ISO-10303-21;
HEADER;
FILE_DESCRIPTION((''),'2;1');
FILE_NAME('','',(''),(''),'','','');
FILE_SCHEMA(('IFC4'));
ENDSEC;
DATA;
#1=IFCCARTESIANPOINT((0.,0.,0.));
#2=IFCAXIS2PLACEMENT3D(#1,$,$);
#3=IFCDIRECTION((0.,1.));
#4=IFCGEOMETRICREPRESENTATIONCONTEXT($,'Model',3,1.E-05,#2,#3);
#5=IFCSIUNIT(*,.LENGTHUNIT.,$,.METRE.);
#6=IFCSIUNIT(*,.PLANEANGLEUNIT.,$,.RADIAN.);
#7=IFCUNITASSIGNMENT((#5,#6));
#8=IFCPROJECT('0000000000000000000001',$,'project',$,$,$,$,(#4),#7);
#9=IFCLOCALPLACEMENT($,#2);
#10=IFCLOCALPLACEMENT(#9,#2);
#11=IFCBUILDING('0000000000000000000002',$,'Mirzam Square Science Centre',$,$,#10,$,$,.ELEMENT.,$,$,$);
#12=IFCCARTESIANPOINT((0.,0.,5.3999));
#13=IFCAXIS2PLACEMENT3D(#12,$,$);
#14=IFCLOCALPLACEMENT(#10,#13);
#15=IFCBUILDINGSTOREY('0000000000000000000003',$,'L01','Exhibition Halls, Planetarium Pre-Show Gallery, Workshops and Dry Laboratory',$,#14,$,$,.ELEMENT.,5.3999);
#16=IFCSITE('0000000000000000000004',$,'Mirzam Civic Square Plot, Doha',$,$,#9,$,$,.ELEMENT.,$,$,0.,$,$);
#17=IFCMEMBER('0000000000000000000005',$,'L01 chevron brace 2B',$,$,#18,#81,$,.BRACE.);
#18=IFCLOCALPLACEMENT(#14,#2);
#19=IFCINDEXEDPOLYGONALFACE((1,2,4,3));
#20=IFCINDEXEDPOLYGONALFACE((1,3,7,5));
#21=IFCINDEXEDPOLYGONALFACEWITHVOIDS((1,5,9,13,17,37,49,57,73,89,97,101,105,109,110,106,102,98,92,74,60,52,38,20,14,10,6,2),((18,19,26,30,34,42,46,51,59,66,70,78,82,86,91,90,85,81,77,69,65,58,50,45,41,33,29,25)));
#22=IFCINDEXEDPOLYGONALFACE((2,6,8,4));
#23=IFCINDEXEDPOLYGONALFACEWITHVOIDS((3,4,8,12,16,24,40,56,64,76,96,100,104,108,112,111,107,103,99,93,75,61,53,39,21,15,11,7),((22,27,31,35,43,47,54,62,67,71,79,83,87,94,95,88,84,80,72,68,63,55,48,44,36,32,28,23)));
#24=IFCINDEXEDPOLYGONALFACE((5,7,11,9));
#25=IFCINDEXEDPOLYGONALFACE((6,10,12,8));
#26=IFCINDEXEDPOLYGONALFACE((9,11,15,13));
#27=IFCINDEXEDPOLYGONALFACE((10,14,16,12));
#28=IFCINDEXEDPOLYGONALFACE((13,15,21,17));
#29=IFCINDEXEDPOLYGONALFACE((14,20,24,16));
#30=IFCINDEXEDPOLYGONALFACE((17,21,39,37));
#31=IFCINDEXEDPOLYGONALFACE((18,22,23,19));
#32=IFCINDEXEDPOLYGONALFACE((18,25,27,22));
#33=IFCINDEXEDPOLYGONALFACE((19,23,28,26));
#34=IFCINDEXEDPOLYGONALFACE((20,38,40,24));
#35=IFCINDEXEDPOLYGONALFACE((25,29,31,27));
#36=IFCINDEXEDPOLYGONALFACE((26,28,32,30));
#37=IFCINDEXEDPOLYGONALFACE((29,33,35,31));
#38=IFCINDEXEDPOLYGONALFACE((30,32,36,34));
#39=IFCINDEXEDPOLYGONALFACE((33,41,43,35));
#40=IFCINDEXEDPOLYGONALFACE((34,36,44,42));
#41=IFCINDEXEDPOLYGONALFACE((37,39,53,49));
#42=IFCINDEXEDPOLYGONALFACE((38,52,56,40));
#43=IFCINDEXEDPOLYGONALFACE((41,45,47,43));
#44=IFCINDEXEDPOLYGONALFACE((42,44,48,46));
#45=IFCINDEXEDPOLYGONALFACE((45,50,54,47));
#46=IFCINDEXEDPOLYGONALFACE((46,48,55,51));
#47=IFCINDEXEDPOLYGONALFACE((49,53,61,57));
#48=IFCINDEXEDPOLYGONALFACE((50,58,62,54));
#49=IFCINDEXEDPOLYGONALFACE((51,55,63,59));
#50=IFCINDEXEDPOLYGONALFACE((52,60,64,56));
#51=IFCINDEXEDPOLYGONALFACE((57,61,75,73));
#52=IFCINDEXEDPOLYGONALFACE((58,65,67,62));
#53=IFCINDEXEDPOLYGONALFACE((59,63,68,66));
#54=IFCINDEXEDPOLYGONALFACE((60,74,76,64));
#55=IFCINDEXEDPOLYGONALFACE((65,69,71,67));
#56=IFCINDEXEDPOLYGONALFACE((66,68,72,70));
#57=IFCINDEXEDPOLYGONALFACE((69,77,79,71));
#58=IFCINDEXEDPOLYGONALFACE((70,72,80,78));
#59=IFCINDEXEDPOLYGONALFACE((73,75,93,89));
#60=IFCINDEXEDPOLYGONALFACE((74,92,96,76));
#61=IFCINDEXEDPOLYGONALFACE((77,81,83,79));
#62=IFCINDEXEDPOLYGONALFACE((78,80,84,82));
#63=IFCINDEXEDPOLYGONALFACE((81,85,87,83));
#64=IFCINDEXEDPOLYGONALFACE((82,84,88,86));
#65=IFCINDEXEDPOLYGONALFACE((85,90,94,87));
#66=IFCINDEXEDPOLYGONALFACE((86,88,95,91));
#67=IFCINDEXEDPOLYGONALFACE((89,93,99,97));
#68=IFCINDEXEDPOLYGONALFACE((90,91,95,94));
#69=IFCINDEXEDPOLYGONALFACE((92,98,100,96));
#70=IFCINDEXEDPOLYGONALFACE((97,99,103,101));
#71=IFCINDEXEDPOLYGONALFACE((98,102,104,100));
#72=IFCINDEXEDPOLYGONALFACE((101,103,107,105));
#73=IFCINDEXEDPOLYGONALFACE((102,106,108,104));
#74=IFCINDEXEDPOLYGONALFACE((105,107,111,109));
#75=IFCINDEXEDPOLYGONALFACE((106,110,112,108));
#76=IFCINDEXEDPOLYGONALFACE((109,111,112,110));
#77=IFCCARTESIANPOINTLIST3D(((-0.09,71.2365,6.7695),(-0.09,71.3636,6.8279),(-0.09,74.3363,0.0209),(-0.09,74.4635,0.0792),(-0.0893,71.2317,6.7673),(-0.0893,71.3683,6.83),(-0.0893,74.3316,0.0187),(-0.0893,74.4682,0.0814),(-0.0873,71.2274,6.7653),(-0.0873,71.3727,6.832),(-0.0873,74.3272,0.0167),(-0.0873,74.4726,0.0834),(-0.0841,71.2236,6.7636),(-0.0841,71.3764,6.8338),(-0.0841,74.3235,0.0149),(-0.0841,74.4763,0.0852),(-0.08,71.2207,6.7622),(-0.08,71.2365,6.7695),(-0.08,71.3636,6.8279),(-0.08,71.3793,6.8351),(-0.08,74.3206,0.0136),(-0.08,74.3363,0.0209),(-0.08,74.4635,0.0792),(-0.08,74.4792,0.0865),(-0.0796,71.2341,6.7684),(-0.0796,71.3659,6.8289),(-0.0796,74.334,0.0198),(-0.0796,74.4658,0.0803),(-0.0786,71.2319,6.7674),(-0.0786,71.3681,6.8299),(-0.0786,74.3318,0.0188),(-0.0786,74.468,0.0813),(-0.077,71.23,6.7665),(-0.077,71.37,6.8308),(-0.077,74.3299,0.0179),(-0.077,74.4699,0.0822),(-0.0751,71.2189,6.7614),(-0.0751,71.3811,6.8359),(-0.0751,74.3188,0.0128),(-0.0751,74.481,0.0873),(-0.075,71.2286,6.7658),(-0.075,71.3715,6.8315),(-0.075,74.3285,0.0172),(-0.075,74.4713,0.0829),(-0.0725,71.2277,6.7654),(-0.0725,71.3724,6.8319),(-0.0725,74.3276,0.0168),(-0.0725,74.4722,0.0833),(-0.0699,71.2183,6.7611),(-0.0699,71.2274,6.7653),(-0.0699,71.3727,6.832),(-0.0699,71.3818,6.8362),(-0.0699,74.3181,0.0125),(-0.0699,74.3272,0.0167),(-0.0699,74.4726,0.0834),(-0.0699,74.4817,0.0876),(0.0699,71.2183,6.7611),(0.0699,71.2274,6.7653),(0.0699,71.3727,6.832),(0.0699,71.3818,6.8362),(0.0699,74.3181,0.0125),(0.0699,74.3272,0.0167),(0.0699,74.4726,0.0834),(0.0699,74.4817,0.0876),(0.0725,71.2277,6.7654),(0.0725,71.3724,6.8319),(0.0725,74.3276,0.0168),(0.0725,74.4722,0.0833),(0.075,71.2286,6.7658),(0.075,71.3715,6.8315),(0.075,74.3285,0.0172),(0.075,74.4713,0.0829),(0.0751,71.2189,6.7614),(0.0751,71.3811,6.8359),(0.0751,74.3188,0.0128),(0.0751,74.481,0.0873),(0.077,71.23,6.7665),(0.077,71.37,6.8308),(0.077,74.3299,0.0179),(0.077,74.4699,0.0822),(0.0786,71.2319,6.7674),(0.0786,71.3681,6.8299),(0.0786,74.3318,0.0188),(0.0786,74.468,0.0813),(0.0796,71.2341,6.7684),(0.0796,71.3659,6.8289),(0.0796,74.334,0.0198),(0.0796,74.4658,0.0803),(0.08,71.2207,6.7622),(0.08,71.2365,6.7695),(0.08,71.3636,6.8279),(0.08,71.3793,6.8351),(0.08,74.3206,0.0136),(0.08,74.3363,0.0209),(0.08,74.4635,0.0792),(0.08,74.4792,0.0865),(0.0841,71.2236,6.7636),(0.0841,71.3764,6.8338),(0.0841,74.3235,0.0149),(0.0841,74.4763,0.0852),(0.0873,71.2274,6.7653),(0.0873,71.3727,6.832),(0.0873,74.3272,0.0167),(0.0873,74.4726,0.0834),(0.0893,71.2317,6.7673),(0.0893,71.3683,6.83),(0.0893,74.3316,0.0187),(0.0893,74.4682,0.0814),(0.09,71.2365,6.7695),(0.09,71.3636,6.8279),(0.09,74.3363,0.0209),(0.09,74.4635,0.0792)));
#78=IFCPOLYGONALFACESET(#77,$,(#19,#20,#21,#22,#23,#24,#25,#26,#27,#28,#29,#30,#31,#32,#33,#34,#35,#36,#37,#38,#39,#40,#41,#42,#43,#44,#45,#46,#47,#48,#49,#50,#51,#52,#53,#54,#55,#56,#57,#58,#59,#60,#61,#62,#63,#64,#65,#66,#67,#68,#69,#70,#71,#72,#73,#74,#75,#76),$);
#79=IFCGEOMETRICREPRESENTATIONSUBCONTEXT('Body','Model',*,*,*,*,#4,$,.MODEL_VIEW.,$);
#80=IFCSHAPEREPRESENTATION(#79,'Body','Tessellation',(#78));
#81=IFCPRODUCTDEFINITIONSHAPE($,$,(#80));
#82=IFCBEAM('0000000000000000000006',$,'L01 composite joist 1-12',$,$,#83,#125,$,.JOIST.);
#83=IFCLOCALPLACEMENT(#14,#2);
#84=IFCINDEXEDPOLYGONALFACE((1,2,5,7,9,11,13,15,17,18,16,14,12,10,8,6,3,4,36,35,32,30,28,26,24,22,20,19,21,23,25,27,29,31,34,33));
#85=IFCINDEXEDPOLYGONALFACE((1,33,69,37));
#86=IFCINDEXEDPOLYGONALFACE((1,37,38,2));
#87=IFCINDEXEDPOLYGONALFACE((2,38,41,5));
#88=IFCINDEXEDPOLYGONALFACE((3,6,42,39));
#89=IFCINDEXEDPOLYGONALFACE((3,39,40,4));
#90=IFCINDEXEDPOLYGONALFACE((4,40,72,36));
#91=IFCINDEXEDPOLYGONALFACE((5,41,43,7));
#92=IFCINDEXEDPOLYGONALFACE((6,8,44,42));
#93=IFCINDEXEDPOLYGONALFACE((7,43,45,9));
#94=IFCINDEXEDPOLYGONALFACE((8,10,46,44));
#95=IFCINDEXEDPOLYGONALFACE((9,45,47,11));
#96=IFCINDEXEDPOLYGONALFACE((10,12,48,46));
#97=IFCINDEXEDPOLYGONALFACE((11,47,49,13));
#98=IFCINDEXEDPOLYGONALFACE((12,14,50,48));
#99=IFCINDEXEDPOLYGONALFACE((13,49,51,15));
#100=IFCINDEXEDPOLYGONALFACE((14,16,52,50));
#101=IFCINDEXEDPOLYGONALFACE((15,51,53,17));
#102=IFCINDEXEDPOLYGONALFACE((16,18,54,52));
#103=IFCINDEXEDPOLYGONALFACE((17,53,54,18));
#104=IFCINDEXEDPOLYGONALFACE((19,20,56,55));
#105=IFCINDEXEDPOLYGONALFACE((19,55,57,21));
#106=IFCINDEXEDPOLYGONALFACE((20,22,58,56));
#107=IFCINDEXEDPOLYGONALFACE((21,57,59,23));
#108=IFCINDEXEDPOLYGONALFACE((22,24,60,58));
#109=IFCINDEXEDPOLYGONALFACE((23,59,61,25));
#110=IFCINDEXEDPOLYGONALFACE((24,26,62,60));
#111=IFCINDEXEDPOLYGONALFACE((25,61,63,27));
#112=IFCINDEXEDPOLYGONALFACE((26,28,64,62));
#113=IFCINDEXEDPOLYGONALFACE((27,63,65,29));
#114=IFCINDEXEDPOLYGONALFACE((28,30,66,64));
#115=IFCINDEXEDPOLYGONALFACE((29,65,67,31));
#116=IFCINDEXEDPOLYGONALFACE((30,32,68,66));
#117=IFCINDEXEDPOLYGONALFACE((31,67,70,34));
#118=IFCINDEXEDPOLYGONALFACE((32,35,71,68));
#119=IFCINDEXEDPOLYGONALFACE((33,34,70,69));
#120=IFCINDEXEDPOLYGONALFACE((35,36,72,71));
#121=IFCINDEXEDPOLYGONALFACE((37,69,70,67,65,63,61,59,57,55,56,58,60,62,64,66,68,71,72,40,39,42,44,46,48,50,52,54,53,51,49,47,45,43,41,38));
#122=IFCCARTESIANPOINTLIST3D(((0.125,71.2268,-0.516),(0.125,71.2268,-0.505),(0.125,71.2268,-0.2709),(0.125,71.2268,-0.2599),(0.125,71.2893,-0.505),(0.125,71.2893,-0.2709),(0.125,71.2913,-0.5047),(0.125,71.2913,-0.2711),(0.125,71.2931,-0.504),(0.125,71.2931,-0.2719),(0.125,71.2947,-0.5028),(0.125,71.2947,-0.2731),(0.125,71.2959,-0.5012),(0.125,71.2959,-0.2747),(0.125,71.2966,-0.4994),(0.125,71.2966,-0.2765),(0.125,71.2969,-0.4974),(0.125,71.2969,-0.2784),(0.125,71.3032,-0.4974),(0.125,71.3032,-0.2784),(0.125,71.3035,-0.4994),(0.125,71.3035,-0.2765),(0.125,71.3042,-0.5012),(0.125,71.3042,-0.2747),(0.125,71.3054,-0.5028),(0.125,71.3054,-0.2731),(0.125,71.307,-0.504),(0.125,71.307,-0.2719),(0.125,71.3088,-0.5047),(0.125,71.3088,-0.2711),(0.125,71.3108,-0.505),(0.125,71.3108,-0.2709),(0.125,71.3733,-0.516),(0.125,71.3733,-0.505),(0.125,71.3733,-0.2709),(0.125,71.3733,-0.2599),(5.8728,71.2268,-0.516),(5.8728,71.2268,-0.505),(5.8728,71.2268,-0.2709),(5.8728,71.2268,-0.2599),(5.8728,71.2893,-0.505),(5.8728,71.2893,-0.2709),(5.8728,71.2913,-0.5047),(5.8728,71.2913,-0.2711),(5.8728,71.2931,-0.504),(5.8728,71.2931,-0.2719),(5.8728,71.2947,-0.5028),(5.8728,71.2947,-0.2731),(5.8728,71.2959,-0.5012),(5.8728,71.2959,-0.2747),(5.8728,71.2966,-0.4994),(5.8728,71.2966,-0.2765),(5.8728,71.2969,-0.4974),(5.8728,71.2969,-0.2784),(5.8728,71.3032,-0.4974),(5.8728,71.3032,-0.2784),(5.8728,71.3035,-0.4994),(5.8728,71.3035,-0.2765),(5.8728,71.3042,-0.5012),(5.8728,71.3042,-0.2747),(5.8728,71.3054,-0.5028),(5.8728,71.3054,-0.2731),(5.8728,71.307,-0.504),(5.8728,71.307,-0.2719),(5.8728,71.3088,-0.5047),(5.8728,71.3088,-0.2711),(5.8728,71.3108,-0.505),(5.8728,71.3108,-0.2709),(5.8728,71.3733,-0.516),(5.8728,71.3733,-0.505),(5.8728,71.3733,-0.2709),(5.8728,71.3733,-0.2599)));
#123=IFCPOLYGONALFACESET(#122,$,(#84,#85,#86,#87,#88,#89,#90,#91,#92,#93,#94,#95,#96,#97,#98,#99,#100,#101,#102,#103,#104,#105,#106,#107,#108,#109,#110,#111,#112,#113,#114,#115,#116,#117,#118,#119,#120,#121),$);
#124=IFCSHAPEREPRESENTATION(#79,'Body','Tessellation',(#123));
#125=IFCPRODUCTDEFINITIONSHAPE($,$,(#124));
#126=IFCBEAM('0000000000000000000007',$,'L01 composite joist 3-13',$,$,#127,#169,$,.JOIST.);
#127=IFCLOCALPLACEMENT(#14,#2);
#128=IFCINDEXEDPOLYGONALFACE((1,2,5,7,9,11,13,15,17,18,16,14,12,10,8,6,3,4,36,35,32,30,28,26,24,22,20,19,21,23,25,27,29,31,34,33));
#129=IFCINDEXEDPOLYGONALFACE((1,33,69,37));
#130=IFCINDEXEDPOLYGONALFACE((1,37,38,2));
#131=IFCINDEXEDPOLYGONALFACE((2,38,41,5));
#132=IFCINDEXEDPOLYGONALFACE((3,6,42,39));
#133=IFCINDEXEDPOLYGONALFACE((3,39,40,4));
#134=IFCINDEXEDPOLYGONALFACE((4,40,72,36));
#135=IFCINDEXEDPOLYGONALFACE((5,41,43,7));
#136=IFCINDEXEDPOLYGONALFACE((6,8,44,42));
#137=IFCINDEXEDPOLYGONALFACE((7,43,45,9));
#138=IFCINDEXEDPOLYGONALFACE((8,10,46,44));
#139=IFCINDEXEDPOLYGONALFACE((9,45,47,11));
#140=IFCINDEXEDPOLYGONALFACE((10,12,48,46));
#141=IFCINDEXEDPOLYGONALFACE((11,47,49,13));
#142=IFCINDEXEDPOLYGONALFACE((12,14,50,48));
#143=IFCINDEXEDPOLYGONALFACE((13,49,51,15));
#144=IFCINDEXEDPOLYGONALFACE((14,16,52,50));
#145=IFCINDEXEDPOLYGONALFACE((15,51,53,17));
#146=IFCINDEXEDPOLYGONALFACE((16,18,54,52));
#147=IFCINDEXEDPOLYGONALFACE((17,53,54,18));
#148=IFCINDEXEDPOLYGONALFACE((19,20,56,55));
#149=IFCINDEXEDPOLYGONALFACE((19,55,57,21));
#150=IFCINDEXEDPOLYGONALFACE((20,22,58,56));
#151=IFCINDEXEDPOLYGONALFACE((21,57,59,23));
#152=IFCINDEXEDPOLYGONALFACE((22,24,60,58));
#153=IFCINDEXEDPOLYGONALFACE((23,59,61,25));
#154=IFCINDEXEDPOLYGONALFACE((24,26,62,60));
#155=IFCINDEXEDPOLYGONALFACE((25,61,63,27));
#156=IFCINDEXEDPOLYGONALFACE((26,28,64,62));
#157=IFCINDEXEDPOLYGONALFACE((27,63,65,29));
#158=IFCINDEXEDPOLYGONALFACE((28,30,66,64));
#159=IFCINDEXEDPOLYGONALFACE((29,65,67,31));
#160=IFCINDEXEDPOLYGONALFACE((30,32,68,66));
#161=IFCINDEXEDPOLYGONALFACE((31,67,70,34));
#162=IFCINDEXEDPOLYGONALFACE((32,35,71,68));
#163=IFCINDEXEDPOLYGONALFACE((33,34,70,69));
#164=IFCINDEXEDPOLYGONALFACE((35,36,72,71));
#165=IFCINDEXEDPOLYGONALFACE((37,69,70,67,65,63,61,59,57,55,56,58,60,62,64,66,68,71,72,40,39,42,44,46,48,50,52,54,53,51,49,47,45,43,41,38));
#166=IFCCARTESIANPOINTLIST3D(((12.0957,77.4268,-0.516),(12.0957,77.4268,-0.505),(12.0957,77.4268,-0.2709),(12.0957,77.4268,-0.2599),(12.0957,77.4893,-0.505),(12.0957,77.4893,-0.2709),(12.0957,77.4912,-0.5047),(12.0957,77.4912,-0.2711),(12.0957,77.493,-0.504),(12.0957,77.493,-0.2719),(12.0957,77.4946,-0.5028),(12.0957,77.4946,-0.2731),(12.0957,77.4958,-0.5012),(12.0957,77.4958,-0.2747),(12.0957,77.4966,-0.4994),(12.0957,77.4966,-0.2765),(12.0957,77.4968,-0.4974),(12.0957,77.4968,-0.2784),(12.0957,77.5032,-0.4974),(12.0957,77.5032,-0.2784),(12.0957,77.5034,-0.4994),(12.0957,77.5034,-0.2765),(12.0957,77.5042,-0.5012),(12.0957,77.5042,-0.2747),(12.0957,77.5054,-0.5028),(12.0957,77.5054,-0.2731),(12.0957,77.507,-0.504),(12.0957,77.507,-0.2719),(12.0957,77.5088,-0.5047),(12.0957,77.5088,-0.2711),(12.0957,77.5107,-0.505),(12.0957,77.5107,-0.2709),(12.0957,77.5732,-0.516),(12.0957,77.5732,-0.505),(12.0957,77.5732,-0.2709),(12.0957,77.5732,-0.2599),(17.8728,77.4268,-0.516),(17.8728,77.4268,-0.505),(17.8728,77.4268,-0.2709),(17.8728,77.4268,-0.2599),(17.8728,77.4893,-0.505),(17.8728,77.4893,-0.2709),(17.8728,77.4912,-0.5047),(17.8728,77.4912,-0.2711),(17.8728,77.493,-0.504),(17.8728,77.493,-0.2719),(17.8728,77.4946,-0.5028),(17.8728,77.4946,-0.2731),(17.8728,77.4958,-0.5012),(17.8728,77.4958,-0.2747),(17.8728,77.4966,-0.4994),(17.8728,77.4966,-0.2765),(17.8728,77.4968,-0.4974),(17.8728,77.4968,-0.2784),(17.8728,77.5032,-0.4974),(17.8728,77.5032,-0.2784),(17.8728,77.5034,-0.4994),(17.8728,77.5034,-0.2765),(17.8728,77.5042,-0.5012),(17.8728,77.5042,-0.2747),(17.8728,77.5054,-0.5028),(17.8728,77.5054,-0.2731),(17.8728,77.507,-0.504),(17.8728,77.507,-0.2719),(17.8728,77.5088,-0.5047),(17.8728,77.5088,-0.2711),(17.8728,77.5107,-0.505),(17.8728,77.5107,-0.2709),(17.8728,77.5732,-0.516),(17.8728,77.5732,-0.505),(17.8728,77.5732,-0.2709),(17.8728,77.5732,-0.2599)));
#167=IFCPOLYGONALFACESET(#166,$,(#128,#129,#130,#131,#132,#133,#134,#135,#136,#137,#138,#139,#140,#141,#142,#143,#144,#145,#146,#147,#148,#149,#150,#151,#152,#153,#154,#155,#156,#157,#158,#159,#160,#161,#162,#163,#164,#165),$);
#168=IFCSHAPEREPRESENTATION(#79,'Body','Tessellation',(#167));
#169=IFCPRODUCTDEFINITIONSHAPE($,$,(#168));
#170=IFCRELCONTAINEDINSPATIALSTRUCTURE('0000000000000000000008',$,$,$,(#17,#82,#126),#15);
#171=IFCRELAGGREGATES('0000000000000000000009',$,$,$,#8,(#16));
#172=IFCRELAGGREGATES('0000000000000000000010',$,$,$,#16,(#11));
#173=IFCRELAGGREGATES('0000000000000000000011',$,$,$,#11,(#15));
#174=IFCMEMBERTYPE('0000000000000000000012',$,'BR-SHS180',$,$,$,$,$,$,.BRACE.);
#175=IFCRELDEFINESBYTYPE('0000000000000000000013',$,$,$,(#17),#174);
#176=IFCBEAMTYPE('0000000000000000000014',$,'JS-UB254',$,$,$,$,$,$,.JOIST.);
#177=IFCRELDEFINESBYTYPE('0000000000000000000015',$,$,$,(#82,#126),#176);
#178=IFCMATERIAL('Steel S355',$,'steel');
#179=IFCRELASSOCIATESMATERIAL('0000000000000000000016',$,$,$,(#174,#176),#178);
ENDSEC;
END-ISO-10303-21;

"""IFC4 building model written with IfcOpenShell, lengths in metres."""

from ifc_helpers import new_model, si_unit, direction, frame, origin, origin_2d, place, context, subcontext, project, spatial, hollow_rectangle, i_section, extrude, material, material_profile, profile_set, type_object, element, save


model = new_model("IFC4")

# Units and contexts
model_context = context("Model", 3, precision=1e-05, world=origin(), true_north=direction((0.0, 1.0)))
body_context = subcontext(model_context, "Body", "Model", "MODEL_VIEW")
ifc_project = project(units=[si_unit("LENGTHUNIT", "METRE"), si_unit("PLANEANGLEUNIT", "RADIAN")], contexts=[model_context])

# Site, building, storey
site_placement = place(None, origin())
site = spatial("IfcSite", under=ifc_project, at=site_placement, Name="Mirzam Civic Square Plot, Doha", CompositionType="ELEMENT", RefElevation=0.0)
building_placement = place(site_placement, origin())
building = spatial("IfcBuilding", under=site, at=building_placement, Name="Mirzam Square Science Centre", CompositionType="ELEMENT")
storey_placement = place(building_placement, frame((0.0, 0.0, 5.3999)))
storey = spatial("IfcBuildingStorey", under=building, at=storey_placement, Name="L01", Description="Exhibition Halls, Planetarium Pre-Show Gallery, Workshops and Dry Laboratory", CompositionType="ELEMENT", Elevation=5.3999)

# Shared definitions
ifc_material_1 = material(Name="Steel S355", Category="steel")

# Member
ifc_material_profile_1 = material_profile(ifc_material_1, hollow_rectangle(XDim=0.1799, YDim=0.1799, WallThickness=0.01, InnerFilletRadius=0.01, OuterFilletRadius=0.02, at=origin_2d()), Name="180x180x10.0SHS")
ifc_profile_set_1 = profile_set([ifc_material_profile_1], Name="Steel S355")
member_type = type_object("IfcMemberType", Name="BR-SHS180", PredefinedType="BRACE", material=ifc_profile_set_1)
member_placement = place(storey_placement, frame((0.0, 74.3999, 0.05), z_axis=(0.0, -0.417408, 0.908719), x_axis=(1.0, 0.0, 0.0)))
element("IfcMember", 1, at=member_placement, inside=storey, type_object=member_type, Name="L01 chevron brace 2B", PredefinedType="BRACE", context=body_context, shape_type="SweptSolid", body=[
    extrude(hollow_rectangle(XDim=0.1799, YDim=0.1799, WallThickness=0.01, InnerFilletRadius=0.01, OuterFilletRadius=0.02, at=origin_2d()), origin(), (0.0, 0.0, 1.0), 7.4265),
])

# Beams
ifc_material_profile_2 = material_profile(ifc_material_1, i_section(OverallWidth=0.1465, OverallDepth=0.2561, WebThickness=0.0063, FlangeThickness=0.011, FilletRadius=0.0076, at=origin_2d()), Name="254x146x37UB")
ifc_profile_set_2 = profile_set([ifc_material_profile_2], Name="Steel S355")
beam_type_1 = type_object("IfcBeamType", Name="JS-UB254", PredefinedType="JOIST", material=ifc_profile_set_2)
beam_1_placement = place(storey_placement, frame((0.125, 71.3, -0.3879), z_axis=(1.0, 0.0, 0.0), x_axis=(0.0, 1.0, 0.0)))
element("IfcBeam", 2, at=beam_1_placement, inside=storey, type_object=beam_type_1, Name="L01 composite joist 1-12", PredefinedType="JOIST", context=body_context, shape_type="SweptSolid", body=[
    extrude(i_section(OverallWidth=0.1465, OverallDepth=0.2561, WebThickness=0.0063, FlangeThickness=0.011, FilletRadius=0.0076, at=origin_2d()), origin(), (0.0, 0.0, 1.0), 5.7478),
])
beam_2_placement = place(storey_placement, frame((12.0957, 77.5, -0.3879), z_axis=(1.0, 0.0, 0.0), x_axis=(0.0, 1.0, 0.0)))
element("IfcBeam", 3, at=beam_2_placement, inside=storey, type_object=beam_type_1, Name="L01 composite joist 3-13", PredefinedType="JOIST", context=body_context, shape_type="SweptSolid", body=[
    extrude(i_section(OverallWidth=0.1465, OverallDepth=0.2561, WebThickness=0.0063, FlangeThickness=0.011, FilletRadius=0.0076, at=origin_2d()), origin(), (0.0, 0.0, 1.0), 5.7771),
])

save(model, "model.ifc")
